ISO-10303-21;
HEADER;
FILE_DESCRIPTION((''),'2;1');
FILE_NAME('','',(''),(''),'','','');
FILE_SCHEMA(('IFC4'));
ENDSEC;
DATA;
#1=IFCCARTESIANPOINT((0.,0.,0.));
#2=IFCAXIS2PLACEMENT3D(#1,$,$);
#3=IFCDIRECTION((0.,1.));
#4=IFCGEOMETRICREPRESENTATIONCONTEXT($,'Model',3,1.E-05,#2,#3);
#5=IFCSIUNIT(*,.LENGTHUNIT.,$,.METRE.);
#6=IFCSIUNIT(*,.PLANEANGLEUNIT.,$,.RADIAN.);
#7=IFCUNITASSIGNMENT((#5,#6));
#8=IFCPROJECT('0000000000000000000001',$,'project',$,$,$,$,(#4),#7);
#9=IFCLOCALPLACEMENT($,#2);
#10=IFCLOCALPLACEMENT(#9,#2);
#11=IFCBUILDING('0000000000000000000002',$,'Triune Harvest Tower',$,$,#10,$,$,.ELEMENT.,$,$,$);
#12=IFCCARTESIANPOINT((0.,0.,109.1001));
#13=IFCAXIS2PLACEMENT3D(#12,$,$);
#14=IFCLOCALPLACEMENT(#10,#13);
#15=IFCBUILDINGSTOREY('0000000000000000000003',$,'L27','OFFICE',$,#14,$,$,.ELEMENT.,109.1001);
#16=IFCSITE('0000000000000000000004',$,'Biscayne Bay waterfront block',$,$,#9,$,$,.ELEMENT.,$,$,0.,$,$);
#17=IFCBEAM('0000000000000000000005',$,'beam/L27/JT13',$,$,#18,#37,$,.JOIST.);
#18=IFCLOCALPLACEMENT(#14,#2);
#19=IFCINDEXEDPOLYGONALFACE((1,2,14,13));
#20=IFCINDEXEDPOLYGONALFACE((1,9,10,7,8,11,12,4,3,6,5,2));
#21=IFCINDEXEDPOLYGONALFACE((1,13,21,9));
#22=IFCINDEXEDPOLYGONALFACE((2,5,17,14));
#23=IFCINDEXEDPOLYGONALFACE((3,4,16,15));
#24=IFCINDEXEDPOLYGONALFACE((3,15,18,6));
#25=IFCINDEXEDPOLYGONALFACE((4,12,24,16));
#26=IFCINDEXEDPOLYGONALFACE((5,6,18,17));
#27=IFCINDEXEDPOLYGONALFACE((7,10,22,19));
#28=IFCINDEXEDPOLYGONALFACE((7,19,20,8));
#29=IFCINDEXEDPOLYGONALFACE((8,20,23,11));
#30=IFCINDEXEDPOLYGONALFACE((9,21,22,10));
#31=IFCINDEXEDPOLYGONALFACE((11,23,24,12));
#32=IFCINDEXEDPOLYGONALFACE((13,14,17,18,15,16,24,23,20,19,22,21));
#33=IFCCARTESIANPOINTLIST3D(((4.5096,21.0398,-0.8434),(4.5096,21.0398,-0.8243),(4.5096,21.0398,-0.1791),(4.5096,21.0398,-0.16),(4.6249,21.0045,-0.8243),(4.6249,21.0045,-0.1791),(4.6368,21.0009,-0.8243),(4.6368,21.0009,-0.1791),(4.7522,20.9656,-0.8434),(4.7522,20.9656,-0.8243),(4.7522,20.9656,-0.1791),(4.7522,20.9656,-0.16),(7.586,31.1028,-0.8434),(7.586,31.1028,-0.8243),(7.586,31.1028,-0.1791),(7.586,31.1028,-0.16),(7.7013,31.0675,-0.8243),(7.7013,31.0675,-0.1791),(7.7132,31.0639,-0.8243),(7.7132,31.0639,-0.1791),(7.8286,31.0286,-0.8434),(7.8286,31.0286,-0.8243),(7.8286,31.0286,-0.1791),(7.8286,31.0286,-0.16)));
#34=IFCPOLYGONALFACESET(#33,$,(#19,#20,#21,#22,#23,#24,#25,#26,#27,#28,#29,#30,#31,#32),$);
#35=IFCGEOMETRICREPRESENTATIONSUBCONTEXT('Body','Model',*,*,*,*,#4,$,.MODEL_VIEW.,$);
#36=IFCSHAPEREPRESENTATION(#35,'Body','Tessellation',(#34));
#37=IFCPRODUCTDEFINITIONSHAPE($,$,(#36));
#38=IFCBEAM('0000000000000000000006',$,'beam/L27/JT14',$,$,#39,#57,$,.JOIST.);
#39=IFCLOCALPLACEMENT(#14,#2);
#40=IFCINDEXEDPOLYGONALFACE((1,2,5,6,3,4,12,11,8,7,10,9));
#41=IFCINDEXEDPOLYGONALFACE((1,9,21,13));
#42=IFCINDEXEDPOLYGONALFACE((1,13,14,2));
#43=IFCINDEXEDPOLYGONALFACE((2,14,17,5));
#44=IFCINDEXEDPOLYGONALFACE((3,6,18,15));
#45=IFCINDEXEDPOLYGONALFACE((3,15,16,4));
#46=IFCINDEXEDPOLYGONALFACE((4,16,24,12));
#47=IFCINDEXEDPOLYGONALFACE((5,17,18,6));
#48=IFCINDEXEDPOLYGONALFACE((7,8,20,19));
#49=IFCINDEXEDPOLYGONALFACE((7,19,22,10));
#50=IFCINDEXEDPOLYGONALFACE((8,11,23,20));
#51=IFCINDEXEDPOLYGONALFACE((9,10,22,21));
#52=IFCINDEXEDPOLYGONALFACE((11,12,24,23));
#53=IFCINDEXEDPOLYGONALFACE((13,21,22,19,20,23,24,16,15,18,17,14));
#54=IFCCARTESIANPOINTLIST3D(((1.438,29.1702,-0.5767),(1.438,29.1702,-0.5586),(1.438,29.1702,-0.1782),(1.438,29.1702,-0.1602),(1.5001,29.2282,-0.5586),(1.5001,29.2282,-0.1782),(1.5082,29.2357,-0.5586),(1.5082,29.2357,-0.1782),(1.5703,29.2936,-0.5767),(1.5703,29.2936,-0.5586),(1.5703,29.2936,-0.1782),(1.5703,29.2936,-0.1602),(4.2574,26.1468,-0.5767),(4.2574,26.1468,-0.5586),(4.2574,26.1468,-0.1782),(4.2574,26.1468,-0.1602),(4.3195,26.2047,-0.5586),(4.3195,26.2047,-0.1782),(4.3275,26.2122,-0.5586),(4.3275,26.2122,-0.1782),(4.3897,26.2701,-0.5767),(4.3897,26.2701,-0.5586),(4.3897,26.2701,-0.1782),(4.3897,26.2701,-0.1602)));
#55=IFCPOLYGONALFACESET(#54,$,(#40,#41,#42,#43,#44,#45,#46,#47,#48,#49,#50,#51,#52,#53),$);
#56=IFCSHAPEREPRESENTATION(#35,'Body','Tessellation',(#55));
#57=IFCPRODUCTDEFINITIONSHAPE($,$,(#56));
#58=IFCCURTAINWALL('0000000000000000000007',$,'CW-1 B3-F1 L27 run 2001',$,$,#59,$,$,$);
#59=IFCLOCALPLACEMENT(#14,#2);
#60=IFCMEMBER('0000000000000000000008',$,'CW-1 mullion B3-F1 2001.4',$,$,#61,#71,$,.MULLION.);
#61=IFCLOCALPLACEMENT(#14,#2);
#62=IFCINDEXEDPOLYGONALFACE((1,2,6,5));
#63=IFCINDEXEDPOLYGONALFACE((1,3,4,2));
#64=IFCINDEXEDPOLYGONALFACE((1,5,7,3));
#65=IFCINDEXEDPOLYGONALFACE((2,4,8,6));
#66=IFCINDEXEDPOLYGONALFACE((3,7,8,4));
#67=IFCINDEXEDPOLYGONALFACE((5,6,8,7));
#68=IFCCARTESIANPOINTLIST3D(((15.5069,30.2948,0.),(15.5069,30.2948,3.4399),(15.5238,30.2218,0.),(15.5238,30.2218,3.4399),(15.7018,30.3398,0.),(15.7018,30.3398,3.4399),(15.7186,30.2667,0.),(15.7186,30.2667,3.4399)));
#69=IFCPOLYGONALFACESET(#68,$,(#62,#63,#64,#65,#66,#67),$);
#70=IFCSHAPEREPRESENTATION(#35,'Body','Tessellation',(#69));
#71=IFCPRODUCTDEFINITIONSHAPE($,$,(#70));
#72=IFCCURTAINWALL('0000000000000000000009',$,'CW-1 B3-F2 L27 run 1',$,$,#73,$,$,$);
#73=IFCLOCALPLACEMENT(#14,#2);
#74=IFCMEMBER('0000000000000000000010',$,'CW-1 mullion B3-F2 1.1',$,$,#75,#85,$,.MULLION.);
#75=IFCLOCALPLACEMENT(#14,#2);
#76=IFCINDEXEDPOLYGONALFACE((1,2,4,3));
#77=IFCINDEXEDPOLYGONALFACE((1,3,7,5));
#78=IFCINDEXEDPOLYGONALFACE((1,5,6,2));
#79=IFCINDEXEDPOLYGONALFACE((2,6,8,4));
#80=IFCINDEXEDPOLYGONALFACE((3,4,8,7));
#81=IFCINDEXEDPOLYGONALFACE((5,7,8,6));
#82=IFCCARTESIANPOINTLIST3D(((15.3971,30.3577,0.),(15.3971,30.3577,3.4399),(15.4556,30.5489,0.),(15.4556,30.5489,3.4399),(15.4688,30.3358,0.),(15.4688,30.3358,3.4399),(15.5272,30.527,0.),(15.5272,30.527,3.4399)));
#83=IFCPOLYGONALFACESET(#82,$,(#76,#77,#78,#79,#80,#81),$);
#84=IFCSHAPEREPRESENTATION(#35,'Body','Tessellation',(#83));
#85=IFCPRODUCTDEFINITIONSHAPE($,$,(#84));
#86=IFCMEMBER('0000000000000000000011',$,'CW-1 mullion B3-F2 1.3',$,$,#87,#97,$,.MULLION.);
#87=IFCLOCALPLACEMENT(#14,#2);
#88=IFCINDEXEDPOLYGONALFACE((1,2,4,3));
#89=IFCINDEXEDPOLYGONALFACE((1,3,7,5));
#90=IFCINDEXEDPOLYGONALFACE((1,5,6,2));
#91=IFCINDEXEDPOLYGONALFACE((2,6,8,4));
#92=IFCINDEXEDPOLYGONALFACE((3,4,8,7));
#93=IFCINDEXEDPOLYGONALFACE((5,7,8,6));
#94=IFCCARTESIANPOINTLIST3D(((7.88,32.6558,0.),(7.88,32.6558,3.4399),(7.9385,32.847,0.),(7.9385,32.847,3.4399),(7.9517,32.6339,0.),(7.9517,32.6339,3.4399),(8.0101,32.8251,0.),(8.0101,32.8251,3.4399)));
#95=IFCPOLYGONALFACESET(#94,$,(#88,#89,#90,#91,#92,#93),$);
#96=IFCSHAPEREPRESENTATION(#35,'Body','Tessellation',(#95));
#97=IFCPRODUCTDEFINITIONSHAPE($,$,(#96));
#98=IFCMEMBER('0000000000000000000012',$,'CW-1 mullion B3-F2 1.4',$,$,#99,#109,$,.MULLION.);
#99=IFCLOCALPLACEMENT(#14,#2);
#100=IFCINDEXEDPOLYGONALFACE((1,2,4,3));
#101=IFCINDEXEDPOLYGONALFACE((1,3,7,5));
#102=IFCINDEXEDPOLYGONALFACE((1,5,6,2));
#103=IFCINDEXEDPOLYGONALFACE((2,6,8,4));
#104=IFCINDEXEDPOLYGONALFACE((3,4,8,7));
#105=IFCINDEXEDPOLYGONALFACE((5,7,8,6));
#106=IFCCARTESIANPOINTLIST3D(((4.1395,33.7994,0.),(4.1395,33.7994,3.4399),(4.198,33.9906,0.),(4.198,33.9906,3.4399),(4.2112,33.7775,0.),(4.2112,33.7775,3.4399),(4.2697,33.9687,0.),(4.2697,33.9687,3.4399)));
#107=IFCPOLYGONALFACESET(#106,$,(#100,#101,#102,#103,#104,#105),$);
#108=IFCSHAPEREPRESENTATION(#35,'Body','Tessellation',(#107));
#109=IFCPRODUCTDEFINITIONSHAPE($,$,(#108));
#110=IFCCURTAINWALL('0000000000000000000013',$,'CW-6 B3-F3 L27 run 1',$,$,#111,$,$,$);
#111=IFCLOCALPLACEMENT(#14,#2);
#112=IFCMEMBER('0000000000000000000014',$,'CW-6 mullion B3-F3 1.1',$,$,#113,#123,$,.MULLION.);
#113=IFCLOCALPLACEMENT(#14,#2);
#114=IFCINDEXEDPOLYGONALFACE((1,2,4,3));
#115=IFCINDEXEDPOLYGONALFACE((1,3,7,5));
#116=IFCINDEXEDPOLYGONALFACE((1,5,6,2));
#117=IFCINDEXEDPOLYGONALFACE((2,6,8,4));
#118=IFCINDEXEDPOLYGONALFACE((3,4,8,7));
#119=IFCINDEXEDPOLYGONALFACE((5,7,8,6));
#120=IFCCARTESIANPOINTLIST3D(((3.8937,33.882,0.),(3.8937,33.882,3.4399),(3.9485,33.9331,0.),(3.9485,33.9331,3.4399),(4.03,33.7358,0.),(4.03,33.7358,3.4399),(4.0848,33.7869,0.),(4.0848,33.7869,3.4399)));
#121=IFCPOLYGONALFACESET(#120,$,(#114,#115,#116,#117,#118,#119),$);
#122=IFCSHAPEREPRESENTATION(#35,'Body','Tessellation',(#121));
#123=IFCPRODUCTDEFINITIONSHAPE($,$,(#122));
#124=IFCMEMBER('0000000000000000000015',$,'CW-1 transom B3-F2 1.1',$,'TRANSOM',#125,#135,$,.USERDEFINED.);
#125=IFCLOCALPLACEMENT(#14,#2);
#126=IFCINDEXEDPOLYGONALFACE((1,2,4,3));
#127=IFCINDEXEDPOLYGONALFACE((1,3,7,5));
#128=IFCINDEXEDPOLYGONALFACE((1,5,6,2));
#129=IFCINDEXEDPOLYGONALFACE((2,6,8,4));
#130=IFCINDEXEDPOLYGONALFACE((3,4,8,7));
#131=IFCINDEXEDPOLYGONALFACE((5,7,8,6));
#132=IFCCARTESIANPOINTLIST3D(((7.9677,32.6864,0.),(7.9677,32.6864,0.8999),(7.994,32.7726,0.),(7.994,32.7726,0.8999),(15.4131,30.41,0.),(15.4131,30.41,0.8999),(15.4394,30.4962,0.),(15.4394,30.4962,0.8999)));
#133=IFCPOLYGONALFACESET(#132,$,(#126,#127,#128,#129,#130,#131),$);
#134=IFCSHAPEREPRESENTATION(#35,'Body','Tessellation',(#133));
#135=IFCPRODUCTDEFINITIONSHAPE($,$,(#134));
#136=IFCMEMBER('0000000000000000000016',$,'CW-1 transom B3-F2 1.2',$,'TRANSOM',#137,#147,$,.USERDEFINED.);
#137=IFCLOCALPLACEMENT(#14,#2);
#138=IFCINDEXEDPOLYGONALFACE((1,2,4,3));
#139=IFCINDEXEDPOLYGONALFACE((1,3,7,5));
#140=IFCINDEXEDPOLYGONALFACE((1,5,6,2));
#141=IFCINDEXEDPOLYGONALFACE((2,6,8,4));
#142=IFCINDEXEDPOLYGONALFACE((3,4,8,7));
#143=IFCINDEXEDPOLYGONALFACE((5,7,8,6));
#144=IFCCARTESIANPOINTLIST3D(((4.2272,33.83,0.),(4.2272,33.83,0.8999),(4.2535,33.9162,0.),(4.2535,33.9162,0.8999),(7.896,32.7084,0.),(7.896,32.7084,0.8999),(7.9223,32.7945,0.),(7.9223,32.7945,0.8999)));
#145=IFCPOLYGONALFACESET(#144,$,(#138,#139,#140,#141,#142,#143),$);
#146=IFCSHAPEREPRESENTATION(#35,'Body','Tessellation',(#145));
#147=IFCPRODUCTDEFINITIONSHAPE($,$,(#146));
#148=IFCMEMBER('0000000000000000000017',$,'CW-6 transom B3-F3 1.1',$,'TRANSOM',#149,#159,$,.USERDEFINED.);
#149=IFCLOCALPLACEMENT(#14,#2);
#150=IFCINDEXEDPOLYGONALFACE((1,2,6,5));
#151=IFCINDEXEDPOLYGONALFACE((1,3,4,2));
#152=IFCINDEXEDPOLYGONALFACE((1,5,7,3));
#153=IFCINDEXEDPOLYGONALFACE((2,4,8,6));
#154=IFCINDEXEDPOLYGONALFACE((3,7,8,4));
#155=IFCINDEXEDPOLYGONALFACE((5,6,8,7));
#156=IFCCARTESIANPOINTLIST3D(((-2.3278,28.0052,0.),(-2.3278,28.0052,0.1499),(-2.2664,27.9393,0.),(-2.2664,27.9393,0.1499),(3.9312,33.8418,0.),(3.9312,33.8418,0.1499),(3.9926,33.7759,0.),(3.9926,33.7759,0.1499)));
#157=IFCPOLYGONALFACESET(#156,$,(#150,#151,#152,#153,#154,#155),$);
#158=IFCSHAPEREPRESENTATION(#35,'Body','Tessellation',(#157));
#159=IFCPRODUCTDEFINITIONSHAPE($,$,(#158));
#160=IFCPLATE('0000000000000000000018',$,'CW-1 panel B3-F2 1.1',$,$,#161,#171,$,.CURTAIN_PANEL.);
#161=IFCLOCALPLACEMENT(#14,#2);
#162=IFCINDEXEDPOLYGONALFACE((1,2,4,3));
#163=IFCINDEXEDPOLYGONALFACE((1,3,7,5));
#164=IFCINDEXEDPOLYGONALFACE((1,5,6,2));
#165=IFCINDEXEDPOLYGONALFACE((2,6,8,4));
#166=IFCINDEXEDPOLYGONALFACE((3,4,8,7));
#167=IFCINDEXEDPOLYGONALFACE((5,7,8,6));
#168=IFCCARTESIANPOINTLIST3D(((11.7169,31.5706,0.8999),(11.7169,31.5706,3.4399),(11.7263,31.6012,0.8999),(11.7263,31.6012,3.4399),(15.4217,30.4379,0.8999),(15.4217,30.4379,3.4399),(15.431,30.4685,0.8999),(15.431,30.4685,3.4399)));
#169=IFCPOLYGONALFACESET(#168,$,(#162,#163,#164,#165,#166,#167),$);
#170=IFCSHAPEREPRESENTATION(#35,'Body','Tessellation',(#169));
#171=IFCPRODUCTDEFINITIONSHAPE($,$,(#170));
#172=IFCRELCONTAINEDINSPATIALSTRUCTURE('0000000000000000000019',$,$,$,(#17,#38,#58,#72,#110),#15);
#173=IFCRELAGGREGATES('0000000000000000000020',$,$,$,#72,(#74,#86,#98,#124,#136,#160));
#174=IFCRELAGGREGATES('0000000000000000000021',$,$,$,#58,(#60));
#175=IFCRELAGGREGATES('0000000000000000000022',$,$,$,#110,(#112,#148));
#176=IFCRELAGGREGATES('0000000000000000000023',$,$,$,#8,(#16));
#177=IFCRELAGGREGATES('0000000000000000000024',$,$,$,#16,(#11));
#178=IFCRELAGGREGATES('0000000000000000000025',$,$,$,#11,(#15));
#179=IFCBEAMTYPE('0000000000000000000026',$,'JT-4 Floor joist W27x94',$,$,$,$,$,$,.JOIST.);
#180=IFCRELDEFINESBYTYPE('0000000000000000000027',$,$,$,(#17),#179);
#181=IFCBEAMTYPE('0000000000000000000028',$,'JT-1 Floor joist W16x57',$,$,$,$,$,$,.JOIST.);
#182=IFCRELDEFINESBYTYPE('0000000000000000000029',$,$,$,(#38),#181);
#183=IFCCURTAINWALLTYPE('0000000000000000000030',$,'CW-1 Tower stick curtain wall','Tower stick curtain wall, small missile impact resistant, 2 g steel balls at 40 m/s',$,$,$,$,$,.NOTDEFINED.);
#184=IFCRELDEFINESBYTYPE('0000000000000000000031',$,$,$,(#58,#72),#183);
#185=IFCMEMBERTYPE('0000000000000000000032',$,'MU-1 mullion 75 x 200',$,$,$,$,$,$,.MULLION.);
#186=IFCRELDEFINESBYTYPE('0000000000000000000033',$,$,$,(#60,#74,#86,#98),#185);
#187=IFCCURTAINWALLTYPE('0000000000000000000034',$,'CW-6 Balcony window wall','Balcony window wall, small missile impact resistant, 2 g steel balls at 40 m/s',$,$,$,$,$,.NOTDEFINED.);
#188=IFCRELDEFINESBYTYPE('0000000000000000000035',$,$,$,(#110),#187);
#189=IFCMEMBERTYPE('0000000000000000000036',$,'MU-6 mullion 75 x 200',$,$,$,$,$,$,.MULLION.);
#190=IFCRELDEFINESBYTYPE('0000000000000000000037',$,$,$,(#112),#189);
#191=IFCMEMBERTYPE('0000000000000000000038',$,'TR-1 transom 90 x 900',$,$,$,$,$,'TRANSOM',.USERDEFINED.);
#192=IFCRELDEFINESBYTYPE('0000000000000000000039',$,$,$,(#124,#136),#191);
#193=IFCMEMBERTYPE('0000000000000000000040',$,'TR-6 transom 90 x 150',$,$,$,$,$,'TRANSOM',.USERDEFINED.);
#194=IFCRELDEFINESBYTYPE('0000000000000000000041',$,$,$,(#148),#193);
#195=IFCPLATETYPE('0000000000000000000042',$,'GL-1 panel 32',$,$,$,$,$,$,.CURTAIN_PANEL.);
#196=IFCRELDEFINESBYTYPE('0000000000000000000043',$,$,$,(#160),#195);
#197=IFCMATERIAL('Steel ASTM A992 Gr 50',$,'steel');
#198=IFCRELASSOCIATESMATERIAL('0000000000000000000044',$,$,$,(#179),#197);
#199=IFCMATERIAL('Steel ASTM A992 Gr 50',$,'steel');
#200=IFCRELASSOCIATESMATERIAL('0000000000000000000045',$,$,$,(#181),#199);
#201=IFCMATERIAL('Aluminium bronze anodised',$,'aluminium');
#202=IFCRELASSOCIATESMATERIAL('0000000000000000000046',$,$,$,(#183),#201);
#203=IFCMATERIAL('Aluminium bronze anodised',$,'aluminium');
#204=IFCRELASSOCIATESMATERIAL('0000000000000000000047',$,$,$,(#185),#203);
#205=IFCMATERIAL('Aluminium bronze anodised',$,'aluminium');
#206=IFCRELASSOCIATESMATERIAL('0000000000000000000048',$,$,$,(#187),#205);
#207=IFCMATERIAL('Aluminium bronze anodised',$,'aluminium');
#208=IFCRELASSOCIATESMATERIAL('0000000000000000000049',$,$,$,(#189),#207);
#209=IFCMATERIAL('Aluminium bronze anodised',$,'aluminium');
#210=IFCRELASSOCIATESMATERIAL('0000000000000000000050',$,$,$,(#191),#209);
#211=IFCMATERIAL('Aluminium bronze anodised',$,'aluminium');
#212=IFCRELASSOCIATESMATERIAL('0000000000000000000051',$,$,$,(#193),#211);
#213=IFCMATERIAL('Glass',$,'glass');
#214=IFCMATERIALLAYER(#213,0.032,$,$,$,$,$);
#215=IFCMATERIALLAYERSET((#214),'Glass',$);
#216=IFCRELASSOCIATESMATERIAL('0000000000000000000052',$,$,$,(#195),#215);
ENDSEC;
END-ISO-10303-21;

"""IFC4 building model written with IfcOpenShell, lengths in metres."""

from ifc_helpers import new_model, si_unit, direction, frame, origin, origin_2d, place, context, subcontext, project, spatial, rectangle, i_section, extrude, source, transform, mapped, material, layer, layer_set, material_profile, profile_set, type_object, element, aggregate, save


model = new_model("IFC4")

# Units and contexts
model_context = context("Model", 3, precision=1e-05, world=origin(), true_north=direction((0.0, 1.0)))
body_context = subcontext(model_context, "Body", "Model", "MODEL_VIEW")
ifc_project = project(units=[si_unit("LENGTHUNIT", "METRE"), si_unit("PLANEANGLEUNIT", "RADIAN")], contexts=[model_context])

# Site, building, storey
site_placement = place(None, origin())
site = spatial("IfcSite", under=ifc_project, at=site_placement, Name="Biscayne Bay waterfront block", CompositionType="ELEMENT", RefElevation=0.0)
building_placement = place(site_placement, origin())
building = spatial("IfcBuilding", under=site, at=building_placement, Name="Triune Harvest Tower", CompositionType="ELEMENT")
storey_placement = place(building_placement, frame((0.0, 0.0, 109.1001)))
storey = spatial("IfcBuildingStorey", under=building, at=storey_placement, Name="L27", Description="OFFICE", CompositionType="ELEMENT", Elevation=109.1001)

# Beams
ifc_material_1 = material(Name="Steel ASTM A992 Gr 50", Category="steel")
ifc_material_profile_1 = material_profile(ifc_material_1, i_section(OverallWidth=0.2537, OverallDepth=0.6833, WebThickness=0.0125, FlangeThickness=0.019, at=origin_2d()), Name="W27x94")
ifc_profile_set_1 = profile_set([ifc_material_profile_1], Name="Steel ASTM A992 Gr 50")
beam_type_1 = type_object("IfcBeamType", Name="JT-4 Floor joist W27x94", PredefinedType="JOIST", material=ifc_profile_set_1)
shared_shape_1 = source(origin(), body_context, "Body", "SweptSolid", [
    extrude(i_section(OverallWidth=0.2537, OverallDepth=0.6833, WebThickness=0.0125, FlangeThickness=0.019, at=origin_2d()), origin(), (0.0, 0.0, 1.0), 10.5227),
])
beam_1_placement = place(storey_placement, frame((7.7073, 31.0657, -0.5017), z_axis=(-0.292359, -0.956309, 0.0), x_axis=(0.956309, -0.292359, 0.0)))
element("IfcBeam", 1, at=beam_1_placement, inside=storey, type_object=beam_type_1, Name="beam/L27/JT13", PredefinedType="JOIST", context=body_context, shape_type="MappedRepresentation", body=[
    mapped(shared_shape_1, transform((0.0, 0.0, 0.0), scale=1.0)),
])
ifc_material_2 = material(Name="Steel ASTM A992 Gr 50", Category="steel")
ifc_material_profile_2 = material_profile(ifc_material_2, i_section(OverallWidth=0.1809, OverallDepth=0.4165, WebThickness=0.011, FlangeThickness=0.0181, at=origin_2d()), Name="W16x57")
ifc_profile_set_2 = profile_set([ifc_material_profile_2], Name="Steel ASTM A992 Gr 50")
beam_type_2 = type_object("IfcBeamType", Name="JT-1 Floor joist W16x57", PredefinedType="JOIST", material=ifc_profile_set_2)
shared_shape_2 = source(origin(), body_context, "Body", "SweptSolid", [
    extrude(i_section(OverallWidth=0.1809, OverallDepth=0.4165, WebThickness=0.011, FlangeThickness=0.0181, at=origin_2d()), origin(), (0.0, 0.0, 1.0), 4.134),
])
beam_2_placement = place(storey_placement, frame((1.5042, 29.2319, -0.3684), z_axis=(0.68199, -0.731362, 0.0), x_axis=(0.731362, 0.68199, 0.0)))
element("IfcBeam", 2, at=beam_2_placement, inside=storey, type_object=beam_type_2, Name="beam/L27/JT14", PredefinedType="JOIST", context=body_context, shape_type="MappedRepresentation", body=[
    mapped(shared_shape_2, transform((0.0, 0.0, 0.0), scale=1.0)),
])

# Curtain wall, member
ifc_material_3 = material(Name="Aluminium bronze anodised", Category="aluminium")
curtain_wall_type_1 = type_object("IfcCurtainWallType", Name="CW-1 Tower stick curtain wall", Description="Tower stick curtain wall, small missile impact resistant, 2 g steel balls at 40 m/s", PredefinedType="NOTDEFINED", material=ifc_material_3)
curtain_wall_1_placement = place(storey_placement, origin())
curtain_wall_1 = element("IfcCurtainWall", 3, at=curtain_wall_1_placement, inside=storey, type_object=curtain_wall_type_1, Name="CW-1 B3-F1 L27 run 2001")
ifc_material_4 = material(Name="Aluminium bronze anodised", Category="aluminium")
ifc_material_profile_3 = material_profile(ifc_material_4, rectangle(XDim=0.2, YDim=0.075, at=origin_2d()), Name="MU-1 mullion 75 x 200")
ifc_profile_set_3 = profile_set([ifc_material_profile_3], Name="Aluminium bronze anodised")
member_type_1 = type_object("IfcMemberType", Name="MU-1 mullion 75 x 200", PredefinedType="MULLION", material=ifc_profile_set_3)
shared_shape_3 = source(origin(), body_context, "Body", "SweptSolid", [
    extrude(rectangle(XDim=0.2, YDim=0.075, at=origin_2d()), origin(), (0.0, 0.0, 1.0), 3.4399),
])
member_1_placement = place(storey_placement, frame((15.6128, 30.2808, 0.0), z_axis=(0.0, 0.0, 1.0), x_axis=(-0.97437, -0.224951, 0.0)))
member_1 = element("IfcMember", 4, at=member_1_placement, type_object=member_type_1, Name="CW-1 mullion B3-F1 2001.4", PredefinedType="MULLION", context=body_context, shape_type="MappedRepresentation", body=[
    mapped(shared_shape_3, transform((0.0, 0.0, 0.0), scale=1.0)),
])

# Curtain wall, members
curtain_wall_2_placement = place(storey_placement, origin())
curtain_wall_2 = element("IfcCurtainWall", 5, at=curtain_wall_2_placement, inside=storey, type_object=curtain_wall_type_1, Name="CW-1 B3-F2 L27 run 1")
member_2_placement = place(storey_placement, frame((15.4622, 30.4424, 0.0), z_axis=(0.0, 0.0, 1.0), x_axis=(-0.292377, -0.956303, 0.0)))
member_2 = element("IfcMember", 6, at=member_2_placement, type_object=member_type_1, Name="CW-1 mullion B3-F2 1.1", PredefinedType="MULLION", context=body_context, shape_type="MappedRepresentation", body=[
    mapped(shared_shape_3, transform((0.0, 0.0, 0.0), scale=1.0)),
])
member_3_placement = place(storey_placement, frame((7.9451, 32.7405, 0.0), z_axis=(0.0, 0.0, 1.0), x_axis=(-0.292377, -0.956303, 0.0)))
member_3 = element("IfcMember", 7, at=member_3_placement, type_object=member_type_1, Name="CW-1 mullion B3-F2 1.3", PredefinedType="MULLION", context=body_context, shape_type="MappedRepresentation", body=[
    mapped(shared_shape_3, transform((0.0, 0.0, 0.0), scale=1.0)),
])
member_4_placement = place(storey_placement, frame((4.2046, 33.884, 0.0), z_axis=(0.0, 0.0, 1.0), x_axis=(-0.292377, -0.956303, 0.0)))
member_4 = element("IfcMember", 8, at=member_4_placement, type_object=member_type_1, Name="CW-1 mullion B3-F2 1.4", PredefinedType="MULLION", context=body_context, shape_type="MappedRepresentation", body=[
    mapped(shared_shape_3, transform((0.0, 0.0, 0.0), scale=1.0)),
])

# Curtain wall, member
ifc_material_5 = material(Name="Aluminium bronze anodised", Category="aluminium")
curtain_wall_type_2 = type_object("IfcCurtainWallType", Name="CW-6 Balcony window wall", Description="Balcony window wall, small missile impact resistant, 2 g steel balls at 40 m/s", PredefinedType="NOTDEFINED", material=ifc_material_5)
curtain_wall_3_placement = place(storey_placement, origin())
curtain_wall_3 = element("IfcCurtainWall", 9, at=curtain_wall_3_placement, inside=storey, type_object=curtain_wall_type_2, Name="CW-6 B3-F3 L27 run 1")
ifc_material_6 = material(Name="Aluminium bronze anodised", Category="aluminium")
ifc_material_profile_4 = material_profile(ifc_material_6, rectangle(XDim=0.2, YDim=0.075, at=origin_2d()), Name="MU-6 mullion 75 x 200")
ifc_profile_set_4 = profile_set([ifc_material_profile_4], Name="Aluminium bronze anodised")
member_type_2 = type_object("IfcMemberType", Name="MU-6 mullion 75 x 200", PredefinedType="MULLION", material=ifc_profile_set_4)
shared_shape_4 = source(origin(), body_context, "Body", "SweptSolid", [
    extrude(rectangle(XDim=0.2, YDim=0.075, at=origin_2d()), origin(), (0.0, 0.0, 1.0), 3.4399),
])
member_5_placement = place(storey_placement, frame((3.9893, 33.8345, 0.0), z_axis=(0.0, 0.0, 1.0), x_axis=(0.681997, -0.731355, 0.0)))
member_5 = element("IfcMember", 10, at=member_5_placement, type_object=member_type_2, Name="CW-6 mullion B3-F3 1.1", PredefinedType="MULLION", context=body_context, shape_type="MappedRepresentation", body=[
    mapped(shared_shape_4, transform((0.0, 0.0, 0.0), scale=1.0)),
])

# Members
ifc_material_7 = material(Name="Aluminium bronze anodised", Category="aluminium")
ifc_material_profile_5 = material_profile(ifc_material_7, rectangle(XDim=0.0901, YDim=0.8999, at=origin_2d()), Name="TR-1 transom 90 x 900")
ifc_profile_set_5 = profile_set([ifc_material_profile_5], Name="Aluminium bronze anodised")
member_type_3 = type_object("IfcMemberType", Name="TR-1 transom 90 x 900", ElementType="TRANSOM", PredefinedType="USERDEFINED", material=ifc_profile_set_5)
shared_shape_5 = source(origin(), body_context, "Body", "SweptSolid", [
    extrude(rectangle(XDim=0.0901, YDim=0.8999, at=origin_2d()), origin(), (0.0, 0.0, 1.0), 7.7856),
])
member_6_placement = place(storey_placement, frame((15.4263, 30.4531, 0.45), z_axis=(-0.956301, 0.292384, 0.0), x_axis=(-0.292384, -0.956301, 0.0)))
member_6 = element("IfcMember", 11, at=member_6_placement, type_object=member_type_3, Name="CW-1 transom B3-F2 1.1", ObjectType="TRANSOM", PredefinedType="USERDEFINED", context=body_context, shape_type="MappedRepresentation", body=[
    mapped(shared_shape_5, transform((0.0, 0.0, 0.0), scale=1.0)),
])
shared_shape_6 = source(origin(), body_context, "Body", "SweptSolid", [
    extrude(rectangle(XDim=0.0901, YDim=0.8999, at=origin_2d()), origin(), (0.0, 0.0, 1.0), 3.8364),
])
member_7_placement = place(storey_placement, frame((7.9092, 32.7515, 0.45), z_axis=(-0.956309, 0.292359, 0.0), x_axis=(-0.292359, -0.956309, 0.0)))
member_7 = element("IfcMember", 12, at=member_7_placement, type_object=member_type_3, Name="CW-1 transom B3-F2 1.2", ObjectType="TRANSOM", PredefinedType="USERDEFINED", context=body_context, shape_type="MappedRepresentation", body=[
    mapped(shared_shape_6, transform((0.0, 0.0, 0.0), scale=1.0)),
])
ifc_material_8 = material(Name="Aluminium bronze anodised", Category="aluminium")
ifc_material_profile_6 = material_profile(ifc_material_8, rectangle(XDim=0.0901, YDim=0.1499, at=origin_2d()), Name="TR-6 transom 90 x 150")
ifc_profile_set_6 = profile_set([ifc_material_profile_6], Name="Aluminium bronze anodised")
member_type_4 = type_object("IfcMemberType", Name="TR-6 transom 90 x 150", ElementType="TRANSOM", PredefinedType="USERDEFINED", material=ifc_profile_set_6)
shared_shape_7 = source(origin(), body_context, "Body", "SweptSolid", [
    extrude(rectangle(XDim=0.0901, YDim=0.1499, at=origin_2d()), origin(), (0.0, 0.0, 1.0), 8.5581),
])
member_8_placement = place(storey_placement, frame((3.9619, 33.8088, 0.075), z_axis=(-0.731352, -0.682, 0.0), x_axis=(0.682, -0.731352, 0.0)))
member_8 = element("IfcMember", 13, at=member_8_placement, type_object=member_type_4, Name="CW-6 transom B3-F3 1.1", ObjectType="TRANSOM", PredefinedType="USERDEFINED", context=body_context, shape_type="MappedRepresentation", body=[
    mapped(shared_shape_7, transform((0.0, 0.0, 0.0), scale=1.0)),
])

# Plate
ifc_material_9 = material(Name="Glass", Category="glass")
ifc_layer_1 = layer(ifc_material_9, 0.032)
ifc_layer_set_1 = layer_set([ifc_layer_1], Name="Glass")
plate_type_1 = type_object("IfcPlateType", Name="GL-1 panel 32", PredefinedType="CURTAIN_PANEL", material=ifc_layer_set_1)
shared_shape_8 = source(origin(), body_context, "Body", "SweptSolid", [
    extrude(rectangle(XDim=3.874, YDim=0.032, at=origin_2d()), origin(), (0.0, 0.0, 1.0), 2.54),
])
plate_1_placement = place(storey_placement, frame((13.574, 31.0195, 0.8999), z_axis=(0.0, 0.0, 1.0), x_axis=(-0.956303, 0.292377, 0.0)))
plate_1 = element("IfcPlate", 14, at=plate_1_placement, type_object=plate_type_1, Name="CW-1 panel B3-F2 1.1", PredefinedType="CURTAIN_PANEL", context=body_context, shape_type="MappedRepresentation", body=[
    mapped(shared_shape_8, transform((0.0, 0.0, 0.0), scale=1.0)),
])
aggregate(curtain_wall_2, [member_2, member_3, member_4, member_6, member_7, plate_1])
aggregate(curtain_wall_1, [member_1])
aggregate(curtain_wall_3, [member_5, member_8])

save(model, "model.ifc")
